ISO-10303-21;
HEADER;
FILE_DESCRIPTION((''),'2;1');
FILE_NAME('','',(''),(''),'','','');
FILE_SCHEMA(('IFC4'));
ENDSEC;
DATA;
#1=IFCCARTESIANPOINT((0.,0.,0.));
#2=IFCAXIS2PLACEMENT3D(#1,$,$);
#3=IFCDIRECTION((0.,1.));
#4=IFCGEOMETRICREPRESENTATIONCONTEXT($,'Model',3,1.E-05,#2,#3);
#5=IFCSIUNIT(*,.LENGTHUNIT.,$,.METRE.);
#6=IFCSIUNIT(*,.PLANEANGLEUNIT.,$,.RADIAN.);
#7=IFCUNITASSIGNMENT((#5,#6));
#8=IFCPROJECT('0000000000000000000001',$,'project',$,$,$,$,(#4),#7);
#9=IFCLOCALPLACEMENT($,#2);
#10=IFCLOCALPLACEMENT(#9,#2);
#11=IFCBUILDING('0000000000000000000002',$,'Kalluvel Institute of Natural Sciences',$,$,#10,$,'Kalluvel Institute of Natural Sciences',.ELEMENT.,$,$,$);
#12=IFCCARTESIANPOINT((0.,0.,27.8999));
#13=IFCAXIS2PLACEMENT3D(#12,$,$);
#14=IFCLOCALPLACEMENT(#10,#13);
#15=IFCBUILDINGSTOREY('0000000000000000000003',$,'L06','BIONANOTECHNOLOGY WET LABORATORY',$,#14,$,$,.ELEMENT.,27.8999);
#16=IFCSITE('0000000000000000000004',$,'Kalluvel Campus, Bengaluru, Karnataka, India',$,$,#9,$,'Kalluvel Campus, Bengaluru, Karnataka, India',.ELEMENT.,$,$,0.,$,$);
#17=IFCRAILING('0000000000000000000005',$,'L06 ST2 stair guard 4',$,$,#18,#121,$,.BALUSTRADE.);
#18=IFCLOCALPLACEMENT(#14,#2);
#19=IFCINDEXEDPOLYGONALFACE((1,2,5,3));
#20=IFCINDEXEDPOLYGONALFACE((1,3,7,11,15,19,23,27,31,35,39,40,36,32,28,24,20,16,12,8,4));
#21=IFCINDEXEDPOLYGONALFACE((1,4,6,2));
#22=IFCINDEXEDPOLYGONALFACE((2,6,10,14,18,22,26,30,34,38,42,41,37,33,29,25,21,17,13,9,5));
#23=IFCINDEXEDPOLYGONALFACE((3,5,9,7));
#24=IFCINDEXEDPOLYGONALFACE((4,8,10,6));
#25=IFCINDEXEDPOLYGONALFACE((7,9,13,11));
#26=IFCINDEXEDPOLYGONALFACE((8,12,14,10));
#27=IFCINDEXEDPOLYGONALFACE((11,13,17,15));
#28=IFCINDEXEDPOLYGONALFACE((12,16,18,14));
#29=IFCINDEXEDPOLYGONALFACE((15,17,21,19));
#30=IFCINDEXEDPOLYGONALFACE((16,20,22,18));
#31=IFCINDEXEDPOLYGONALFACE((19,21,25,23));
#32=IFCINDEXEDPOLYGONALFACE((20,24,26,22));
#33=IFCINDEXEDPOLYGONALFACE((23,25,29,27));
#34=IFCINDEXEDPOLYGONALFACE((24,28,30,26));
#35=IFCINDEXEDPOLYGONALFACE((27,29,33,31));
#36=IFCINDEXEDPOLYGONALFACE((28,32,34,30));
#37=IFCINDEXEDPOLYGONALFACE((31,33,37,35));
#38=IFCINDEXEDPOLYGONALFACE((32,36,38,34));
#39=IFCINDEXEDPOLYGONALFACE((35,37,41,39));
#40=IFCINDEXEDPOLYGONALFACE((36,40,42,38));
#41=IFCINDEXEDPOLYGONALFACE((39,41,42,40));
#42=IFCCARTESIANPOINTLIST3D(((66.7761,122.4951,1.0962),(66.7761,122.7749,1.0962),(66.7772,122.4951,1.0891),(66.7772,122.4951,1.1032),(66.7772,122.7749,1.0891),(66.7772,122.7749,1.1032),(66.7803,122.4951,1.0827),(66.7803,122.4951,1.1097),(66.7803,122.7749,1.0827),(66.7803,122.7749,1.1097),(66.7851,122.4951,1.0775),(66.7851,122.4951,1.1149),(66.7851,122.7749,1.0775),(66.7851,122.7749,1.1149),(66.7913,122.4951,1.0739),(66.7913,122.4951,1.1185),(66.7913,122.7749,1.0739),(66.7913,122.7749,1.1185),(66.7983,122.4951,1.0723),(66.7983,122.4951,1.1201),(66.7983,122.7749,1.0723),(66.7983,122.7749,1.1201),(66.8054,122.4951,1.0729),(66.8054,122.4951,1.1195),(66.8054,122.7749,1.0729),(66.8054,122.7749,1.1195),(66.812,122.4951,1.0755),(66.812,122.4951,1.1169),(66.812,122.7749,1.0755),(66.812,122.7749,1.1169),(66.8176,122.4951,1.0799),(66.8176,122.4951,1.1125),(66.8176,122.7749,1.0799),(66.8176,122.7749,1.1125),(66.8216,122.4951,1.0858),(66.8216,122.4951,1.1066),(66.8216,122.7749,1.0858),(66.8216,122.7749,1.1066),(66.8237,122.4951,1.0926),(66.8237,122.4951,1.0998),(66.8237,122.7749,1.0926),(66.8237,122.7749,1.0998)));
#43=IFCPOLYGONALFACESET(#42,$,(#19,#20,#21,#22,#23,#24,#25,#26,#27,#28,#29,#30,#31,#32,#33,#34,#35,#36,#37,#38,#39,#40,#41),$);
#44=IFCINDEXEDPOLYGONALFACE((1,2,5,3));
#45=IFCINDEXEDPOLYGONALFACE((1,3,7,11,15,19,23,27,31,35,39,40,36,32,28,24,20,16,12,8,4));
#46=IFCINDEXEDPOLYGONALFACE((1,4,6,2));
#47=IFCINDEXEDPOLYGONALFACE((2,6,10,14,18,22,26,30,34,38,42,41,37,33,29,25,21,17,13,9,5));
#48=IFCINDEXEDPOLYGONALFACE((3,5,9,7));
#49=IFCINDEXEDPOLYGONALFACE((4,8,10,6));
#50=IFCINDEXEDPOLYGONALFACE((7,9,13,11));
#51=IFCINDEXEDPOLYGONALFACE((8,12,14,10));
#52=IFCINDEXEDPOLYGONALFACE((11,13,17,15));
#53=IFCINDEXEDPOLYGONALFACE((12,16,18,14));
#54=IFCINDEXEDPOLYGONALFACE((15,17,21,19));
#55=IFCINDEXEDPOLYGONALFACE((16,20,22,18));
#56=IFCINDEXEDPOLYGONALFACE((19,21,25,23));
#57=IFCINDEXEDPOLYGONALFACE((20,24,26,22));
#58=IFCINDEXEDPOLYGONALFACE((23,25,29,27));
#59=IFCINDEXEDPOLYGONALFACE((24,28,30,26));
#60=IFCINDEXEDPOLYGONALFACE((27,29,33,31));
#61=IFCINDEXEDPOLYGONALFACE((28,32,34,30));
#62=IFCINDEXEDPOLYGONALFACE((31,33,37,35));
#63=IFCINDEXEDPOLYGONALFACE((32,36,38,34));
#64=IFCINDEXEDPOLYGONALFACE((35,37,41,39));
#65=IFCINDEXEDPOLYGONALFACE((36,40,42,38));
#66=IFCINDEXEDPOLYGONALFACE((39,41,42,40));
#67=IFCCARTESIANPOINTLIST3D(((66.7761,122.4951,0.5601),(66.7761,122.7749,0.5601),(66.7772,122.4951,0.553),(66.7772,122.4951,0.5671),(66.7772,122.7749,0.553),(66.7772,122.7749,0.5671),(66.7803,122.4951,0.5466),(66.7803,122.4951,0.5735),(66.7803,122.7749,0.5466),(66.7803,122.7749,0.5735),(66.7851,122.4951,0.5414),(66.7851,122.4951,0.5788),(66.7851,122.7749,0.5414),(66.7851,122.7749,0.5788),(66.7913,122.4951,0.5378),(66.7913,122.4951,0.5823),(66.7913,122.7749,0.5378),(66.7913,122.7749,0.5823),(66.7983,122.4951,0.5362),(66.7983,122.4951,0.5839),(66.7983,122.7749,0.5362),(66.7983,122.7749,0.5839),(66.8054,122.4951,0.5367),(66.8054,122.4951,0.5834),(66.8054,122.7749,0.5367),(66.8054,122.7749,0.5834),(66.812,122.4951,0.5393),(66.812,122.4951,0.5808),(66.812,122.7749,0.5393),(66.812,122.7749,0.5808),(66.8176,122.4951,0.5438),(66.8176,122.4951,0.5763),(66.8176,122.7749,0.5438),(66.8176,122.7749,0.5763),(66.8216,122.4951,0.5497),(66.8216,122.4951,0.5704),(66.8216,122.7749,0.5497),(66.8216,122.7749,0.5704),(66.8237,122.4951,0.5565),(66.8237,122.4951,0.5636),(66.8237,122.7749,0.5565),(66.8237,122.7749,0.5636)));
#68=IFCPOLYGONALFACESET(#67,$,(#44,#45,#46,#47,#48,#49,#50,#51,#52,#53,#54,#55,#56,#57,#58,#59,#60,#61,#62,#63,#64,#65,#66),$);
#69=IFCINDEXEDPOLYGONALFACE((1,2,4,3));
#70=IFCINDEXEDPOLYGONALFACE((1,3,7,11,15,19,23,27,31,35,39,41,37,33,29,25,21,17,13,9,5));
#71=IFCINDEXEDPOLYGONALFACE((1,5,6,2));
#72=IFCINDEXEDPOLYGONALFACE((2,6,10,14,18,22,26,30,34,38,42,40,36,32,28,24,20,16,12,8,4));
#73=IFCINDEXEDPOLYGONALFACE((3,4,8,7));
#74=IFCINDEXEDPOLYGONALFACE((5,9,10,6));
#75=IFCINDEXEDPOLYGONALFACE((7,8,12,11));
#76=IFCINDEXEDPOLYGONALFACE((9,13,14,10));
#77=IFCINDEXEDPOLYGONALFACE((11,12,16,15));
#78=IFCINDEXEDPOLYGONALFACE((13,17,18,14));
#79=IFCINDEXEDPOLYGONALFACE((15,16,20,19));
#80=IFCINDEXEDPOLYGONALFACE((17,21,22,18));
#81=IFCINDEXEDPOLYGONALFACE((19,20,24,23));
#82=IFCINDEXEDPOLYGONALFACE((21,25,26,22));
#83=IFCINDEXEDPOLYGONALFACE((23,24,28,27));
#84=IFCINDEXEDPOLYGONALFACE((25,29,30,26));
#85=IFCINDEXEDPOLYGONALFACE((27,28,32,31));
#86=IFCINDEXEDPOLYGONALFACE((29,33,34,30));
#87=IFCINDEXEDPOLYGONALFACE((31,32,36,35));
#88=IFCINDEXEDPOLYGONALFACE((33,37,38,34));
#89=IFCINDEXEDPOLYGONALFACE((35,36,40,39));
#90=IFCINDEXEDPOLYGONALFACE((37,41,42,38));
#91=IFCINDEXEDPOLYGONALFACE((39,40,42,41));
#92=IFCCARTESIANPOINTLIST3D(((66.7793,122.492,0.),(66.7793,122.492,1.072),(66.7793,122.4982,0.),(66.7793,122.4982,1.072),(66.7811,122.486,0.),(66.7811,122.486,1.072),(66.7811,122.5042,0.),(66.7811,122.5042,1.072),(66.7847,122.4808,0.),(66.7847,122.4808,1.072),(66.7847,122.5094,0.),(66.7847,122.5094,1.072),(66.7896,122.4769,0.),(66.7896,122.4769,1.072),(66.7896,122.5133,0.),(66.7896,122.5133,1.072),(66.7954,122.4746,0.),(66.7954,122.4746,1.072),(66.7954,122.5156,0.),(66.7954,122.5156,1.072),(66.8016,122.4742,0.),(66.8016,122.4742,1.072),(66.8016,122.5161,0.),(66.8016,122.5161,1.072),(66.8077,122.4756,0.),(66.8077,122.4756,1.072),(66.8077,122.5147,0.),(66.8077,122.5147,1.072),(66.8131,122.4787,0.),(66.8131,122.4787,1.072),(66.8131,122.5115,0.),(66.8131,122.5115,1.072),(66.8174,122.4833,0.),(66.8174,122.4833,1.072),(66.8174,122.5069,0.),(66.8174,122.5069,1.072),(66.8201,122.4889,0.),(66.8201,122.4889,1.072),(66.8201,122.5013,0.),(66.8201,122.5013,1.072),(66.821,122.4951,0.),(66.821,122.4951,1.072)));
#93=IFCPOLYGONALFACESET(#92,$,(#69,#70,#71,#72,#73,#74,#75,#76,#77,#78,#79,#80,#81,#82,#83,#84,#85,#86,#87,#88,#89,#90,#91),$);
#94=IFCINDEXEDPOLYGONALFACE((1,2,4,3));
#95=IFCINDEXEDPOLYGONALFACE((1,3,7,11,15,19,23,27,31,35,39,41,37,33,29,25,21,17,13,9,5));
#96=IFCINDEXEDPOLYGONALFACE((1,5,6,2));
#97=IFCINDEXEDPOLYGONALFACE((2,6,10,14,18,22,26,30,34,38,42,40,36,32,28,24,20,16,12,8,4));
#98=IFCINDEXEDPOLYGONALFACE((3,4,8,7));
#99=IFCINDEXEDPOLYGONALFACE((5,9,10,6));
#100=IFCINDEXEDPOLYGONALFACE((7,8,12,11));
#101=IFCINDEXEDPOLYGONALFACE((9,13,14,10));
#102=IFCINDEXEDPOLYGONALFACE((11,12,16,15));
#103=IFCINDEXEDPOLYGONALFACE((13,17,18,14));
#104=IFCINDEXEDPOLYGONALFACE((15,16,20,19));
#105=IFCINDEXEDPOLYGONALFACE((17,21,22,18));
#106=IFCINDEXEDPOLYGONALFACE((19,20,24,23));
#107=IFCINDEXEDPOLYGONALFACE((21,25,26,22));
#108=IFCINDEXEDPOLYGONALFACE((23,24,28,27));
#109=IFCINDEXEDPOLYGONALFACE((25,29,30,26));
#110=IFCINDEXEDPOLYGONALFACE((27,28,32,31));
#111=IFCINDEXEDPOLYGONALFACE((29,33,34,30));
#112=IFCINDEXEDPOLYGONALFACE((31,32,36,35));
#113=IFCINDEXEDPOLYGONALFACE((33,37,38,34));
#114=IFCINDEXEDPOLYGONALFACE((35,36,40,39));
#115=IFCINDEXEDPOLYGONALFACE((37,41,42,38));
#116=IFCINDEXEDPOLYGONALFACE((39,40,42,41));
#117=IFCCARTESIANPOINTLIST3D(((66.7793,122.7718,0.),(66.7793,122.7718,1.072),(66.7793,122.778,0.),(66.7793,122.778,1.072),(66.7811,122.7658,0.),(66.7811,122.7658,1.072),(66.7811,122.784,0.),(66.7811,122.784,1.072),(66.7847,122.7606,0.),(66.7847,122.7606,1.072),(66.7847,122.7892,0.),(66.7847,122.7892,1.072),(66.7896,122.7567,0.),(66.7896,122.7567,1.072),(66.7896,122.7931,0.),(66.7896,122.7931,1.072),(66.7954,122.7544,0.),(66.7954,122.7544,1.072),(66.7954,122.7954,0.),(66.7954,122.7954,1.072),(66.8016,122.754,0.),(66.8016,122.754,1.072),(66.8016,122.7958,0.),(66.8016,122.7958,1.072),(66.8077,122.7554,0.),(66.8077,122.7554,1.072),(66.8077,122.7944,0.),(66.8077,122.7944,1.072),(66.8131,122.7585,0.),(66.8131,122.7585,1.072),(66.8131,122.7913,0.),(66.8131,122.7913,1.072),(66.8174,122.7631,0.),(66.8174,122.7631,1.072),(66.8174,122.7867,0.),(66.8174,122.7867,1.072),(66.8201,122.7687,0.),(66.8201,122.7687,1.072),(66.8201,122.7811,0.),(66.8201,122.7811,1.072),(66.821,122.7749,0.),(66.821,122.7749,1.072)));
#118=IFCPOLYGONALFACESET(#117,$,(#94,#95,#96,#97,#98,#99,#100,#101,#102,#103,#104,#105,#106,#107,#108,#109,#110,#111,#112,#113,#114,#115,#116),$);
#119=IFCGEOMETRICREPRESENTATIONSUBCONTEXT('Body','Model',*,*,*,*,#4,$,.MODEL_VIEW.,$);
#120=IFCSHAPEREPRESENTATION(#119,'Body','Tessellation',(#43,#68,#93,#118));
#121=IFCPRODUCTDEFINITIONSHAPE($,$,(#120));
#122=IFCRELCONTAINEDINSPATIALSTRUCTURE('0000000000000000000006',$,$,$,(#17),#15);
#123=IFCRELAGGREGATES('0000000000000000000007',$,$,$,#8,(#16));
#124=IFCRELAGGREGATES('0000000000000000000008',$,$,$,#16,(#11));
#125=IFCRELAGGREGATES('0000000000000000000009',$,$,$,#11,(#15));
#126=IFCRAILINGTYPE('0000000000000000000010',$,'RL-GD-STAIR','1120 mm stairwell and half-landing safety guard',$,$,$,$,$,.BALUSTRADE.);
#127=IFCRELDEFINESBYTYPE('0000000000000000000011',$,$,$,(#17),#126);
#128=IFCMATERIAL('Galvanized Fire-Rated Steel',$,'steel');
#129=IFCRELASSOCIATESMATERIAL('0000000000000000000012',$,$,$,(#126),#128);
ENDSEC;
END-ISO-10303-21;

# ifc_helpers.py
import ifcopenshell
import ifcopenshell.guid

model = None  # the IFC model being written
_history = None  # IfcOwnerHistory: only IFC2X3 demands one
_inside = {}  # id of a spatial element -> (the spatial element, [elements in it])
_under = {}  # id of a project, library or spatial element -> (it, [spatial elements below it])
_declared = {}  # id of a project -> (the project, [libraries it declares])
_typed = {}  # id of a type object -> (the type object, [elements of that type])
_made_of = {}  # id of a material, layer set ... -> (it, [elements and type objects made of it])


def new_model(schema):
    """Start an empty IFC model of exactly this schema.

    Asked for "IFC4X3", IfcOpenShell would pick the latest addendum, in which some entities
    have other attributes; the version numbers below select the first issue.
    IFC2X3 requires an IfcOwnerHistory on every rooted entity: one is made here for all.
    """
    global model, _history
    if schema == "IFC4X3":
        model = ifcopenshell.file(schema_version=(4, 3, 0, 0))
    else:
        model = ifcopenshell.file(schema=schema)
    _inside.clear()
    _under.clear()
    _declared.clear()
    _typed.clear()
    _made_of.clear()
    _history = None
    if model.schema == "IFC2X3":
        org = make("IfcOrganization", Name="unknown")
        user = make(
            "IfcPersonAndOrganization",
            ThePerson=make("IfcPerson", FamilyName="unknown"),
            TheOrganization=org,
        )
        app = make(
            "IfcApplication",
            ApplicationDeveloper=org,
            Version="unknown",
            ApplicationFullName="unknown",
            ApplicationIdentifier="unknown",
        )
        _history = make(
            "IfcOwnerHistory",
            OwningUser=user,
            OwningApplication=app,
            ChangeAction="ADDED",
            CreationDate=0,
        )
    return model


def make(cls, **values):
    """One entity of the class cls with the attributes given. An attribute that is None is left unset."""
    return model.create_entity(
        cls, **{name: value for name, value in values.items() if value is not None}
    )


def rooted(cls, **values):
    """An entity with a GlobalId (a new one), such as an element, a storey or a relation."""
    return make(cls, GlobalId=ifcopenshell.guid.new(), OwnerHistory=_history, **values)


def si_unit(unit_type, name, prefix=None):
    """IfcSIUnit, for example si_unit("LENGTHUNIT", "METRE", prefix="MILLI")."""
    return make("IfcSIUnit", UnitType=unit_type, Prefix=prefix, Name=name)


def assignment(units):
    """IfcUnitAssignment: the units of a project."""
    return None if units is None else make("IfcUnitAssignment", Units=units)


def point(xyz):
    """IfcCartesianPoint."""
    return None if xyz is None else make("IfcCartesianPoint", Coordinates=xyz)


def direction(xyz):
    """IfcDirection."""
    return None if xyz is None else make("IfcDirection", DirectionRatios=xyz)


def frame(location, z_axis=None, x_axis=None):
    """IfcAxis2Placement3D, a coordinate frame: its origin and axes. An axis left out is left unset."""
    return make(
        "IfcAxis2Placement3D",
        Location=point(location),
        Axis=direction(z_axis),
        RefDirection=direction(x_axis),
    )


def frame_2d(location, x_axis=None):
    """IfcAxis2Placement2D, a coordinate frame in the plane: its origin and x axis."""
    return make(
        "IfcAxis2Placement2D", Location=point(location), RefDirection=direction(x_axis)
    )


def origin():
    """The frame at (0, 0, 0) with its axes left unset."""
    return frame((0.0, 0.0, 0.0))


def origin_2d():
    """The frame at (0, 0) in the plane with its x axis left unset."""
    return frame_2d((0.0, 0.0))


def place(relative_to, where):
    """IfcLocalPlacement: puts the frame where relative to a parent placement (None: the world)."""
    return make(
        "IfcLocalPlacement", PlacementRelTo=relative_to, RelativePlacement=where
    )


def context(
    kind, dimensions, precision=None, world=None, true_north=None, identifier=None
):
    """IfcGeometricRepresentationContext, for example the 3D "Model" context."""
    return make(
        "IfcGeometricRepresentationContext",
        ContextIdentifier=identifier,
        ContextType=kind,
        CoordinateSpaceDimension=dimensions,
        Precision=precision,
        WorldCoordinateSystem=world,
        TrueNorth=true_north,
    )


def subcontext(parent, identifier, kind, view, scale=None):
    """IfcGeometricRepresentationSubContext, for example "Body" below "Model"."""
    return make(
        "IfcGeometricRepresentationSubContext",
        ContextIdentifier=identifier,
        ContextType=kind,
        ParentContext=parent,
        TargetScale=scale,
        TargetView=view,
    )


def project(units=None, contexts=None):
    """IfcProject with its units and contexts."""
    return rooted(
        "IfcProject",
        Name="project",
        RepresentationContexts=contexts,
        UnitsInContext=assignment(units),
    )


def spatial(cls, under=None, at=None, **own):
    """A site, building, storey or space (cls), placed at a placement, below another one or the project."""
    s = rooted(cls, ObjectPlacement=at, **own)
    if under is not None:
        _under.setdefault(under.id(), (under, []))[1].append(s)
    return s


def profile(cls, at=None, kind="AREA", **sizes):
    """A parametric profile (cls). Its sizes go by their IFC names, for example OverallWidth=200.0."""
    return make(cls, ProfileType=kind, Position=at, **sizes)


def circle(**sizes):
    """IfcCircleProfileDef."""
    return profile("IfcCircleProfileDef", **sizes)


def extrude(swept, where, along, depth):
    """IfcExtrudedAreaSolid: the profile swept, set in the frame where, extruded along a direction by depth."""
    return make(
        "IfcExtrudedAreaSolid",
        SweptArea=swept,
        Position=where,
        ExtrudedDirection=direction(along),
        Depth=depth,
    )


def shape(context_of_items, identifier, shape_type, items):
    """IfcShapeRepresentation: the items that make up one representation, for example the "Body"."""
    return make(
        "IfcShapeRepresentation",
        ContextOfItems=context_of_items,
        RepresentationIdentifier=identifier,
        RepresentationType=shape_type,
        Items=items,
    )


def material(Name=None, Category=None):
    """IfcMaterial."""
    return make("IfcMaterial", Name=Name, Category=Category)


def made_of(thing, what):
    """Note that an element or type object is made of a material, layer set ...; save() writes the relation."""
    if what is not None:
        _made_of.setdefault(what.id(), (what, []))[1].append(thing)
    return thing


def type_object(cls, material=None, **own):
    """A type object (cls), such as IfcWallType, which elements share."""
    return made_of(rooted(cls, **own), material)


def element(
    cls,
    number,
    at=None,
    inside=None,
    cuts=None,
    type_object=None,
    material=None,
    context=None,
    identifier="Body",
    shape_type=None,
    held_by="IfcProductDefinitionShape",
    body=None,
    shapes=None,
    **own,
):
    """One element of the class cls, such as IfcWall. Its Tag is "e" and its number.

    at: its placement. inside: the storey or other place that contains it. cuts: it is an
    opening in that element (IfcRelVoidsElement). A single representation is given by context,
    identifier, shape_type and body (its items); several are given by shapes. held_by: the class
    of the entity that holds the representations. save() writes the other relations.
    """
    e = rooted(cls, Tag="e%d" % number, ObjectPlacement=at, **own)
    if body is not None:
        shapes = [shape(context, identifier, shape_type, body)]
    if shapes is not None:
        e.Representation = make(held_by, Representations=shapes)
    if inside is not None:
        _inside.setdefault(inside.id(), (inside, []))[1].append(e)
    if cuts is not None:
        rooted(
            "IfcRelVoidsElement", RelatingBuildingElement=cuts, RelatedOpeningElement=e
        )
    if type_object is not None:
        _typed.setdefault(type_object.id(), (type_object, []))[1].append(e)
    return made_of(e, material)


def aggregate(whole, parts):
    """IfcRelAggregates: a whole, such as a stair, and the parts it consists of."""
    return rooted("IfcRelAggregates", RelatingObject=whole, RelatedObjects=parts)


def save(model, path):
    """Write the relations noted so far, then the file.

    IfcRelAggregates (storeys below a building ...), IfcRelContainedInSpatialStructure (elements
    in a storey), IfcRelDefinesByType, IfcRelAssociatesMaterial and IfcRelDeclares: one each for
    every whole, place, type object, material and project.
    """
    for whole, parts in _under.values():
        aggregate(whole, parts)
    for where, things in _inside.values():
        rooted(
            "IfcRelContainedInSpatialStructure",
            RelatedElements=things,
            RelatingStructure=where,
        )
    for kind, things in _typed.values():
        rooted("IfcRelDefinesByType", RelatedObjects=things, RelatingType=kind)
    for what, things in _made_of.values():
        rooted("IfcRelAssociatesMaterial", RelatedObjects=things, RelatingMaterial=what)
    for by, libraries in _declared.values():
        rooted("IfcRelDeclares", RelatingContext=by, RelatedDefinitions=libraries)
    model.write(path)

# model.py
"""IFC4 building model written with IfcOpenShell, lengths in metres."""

from ifc_helpers import new_model, si_unit, direction, frame, origin, origin_2d, place, context, subcontext, project, spatial, circle, extrude, material, type_object, element, save


model = new_model("IFC4")

# Units and contexts
model_context = context("Model", 3, precision=1e-05, world=origin(), true_north=direction((0.0, 1.0)))
body_context = subcontext(model_context, "Body", "Model", "MODEL_VIEW")
ifc_project = project(units=[si_unit("LENGTHUNIT", "METRE"), si_unit("PLANEANGLEUNIT", "RADIAN")], contexts=[model_context])

# Site, building, storey
site_placement = place(None, origin())
site = spatial("IfcSite", under=ifc_project, at=site_placement, Name="Kalluvel Campus, Bengaluru, Karnataka, India", LongName="Kalluvel Campus, Bengaluru, Karnataka, India", CompositionType="ELEMENT", RefElevation=0.0)
building_placement = place(site_placement, origin())
building = spatial("IfcBuilding", under=site, at=building_placement, Name="Kalluvel Institute of Natural Sciences", LongName="Kalluvel Institute of Natural Sciences", CompositionType="ELEMENT")
storey_placement = place(building_placement, frame((0.0, 0.0, 27.8999)))
storey = spatial("IfcBuildingStorey", under=building, at=storey_placement, Name="L06", Description="BIONANOTECHNOLOGY WET LABORATORY", CompositionType="ELEMENT", Elevation=27.8999)

# Shared definitions
ifc_material_1 = material(Name="Galvanized Fire-Rated Steel", Category="steel")

# Railing
railing_type_1 = type_object("IfcRailingType", Name="RL-GD-STAIR", Description="1120 mm stairwell and half-landing safety guard", PredefinedType="BALUSTRADE", material=ifc_material_1)
railing_1_placement = place(storey_placement, frame((66.8, 122.4951, 0.0)))
element("IfcRailing", 1, at=railing_1_placement, inside=storey, type_object=railing_type_1, Name="L06 ST2 stair guard 4", PredefinedType="BALUSTRADE", context=body_context, shape_type="SweptSolid", body=[
    extrude(circle(Radius=0.0239, at=origin_2d()), frame((0.0, 0.0, 1.0962), z_axis=(0.0, 1.0, 0.0), x_axis=(-1.0, 0.0, 0.0)), (0.0, 0.0, 1.0), 0.2798),
    extrude(circle(Radius=0.0239, at=origin_2d()), frame((0.0, 0.0, 0.5601), z_axis=(0.0, 1.0, 0.0), x_axis=(-1.0, 0.0, 0.0)), (0.0, 0.0, 1.0), 0.2798),
    extrude(circle(Radius=0.021, at=origin_2d()), origin(), (0.0, 0.0, 1.0), 1.072),
    extrude(circle(Radius=0.021, at=origin_2d()), frame((0.0, 0.2798, 0.0)), (0.0, 0.0, 1.0), 1.072),
])

save(model, "model.ifc")
